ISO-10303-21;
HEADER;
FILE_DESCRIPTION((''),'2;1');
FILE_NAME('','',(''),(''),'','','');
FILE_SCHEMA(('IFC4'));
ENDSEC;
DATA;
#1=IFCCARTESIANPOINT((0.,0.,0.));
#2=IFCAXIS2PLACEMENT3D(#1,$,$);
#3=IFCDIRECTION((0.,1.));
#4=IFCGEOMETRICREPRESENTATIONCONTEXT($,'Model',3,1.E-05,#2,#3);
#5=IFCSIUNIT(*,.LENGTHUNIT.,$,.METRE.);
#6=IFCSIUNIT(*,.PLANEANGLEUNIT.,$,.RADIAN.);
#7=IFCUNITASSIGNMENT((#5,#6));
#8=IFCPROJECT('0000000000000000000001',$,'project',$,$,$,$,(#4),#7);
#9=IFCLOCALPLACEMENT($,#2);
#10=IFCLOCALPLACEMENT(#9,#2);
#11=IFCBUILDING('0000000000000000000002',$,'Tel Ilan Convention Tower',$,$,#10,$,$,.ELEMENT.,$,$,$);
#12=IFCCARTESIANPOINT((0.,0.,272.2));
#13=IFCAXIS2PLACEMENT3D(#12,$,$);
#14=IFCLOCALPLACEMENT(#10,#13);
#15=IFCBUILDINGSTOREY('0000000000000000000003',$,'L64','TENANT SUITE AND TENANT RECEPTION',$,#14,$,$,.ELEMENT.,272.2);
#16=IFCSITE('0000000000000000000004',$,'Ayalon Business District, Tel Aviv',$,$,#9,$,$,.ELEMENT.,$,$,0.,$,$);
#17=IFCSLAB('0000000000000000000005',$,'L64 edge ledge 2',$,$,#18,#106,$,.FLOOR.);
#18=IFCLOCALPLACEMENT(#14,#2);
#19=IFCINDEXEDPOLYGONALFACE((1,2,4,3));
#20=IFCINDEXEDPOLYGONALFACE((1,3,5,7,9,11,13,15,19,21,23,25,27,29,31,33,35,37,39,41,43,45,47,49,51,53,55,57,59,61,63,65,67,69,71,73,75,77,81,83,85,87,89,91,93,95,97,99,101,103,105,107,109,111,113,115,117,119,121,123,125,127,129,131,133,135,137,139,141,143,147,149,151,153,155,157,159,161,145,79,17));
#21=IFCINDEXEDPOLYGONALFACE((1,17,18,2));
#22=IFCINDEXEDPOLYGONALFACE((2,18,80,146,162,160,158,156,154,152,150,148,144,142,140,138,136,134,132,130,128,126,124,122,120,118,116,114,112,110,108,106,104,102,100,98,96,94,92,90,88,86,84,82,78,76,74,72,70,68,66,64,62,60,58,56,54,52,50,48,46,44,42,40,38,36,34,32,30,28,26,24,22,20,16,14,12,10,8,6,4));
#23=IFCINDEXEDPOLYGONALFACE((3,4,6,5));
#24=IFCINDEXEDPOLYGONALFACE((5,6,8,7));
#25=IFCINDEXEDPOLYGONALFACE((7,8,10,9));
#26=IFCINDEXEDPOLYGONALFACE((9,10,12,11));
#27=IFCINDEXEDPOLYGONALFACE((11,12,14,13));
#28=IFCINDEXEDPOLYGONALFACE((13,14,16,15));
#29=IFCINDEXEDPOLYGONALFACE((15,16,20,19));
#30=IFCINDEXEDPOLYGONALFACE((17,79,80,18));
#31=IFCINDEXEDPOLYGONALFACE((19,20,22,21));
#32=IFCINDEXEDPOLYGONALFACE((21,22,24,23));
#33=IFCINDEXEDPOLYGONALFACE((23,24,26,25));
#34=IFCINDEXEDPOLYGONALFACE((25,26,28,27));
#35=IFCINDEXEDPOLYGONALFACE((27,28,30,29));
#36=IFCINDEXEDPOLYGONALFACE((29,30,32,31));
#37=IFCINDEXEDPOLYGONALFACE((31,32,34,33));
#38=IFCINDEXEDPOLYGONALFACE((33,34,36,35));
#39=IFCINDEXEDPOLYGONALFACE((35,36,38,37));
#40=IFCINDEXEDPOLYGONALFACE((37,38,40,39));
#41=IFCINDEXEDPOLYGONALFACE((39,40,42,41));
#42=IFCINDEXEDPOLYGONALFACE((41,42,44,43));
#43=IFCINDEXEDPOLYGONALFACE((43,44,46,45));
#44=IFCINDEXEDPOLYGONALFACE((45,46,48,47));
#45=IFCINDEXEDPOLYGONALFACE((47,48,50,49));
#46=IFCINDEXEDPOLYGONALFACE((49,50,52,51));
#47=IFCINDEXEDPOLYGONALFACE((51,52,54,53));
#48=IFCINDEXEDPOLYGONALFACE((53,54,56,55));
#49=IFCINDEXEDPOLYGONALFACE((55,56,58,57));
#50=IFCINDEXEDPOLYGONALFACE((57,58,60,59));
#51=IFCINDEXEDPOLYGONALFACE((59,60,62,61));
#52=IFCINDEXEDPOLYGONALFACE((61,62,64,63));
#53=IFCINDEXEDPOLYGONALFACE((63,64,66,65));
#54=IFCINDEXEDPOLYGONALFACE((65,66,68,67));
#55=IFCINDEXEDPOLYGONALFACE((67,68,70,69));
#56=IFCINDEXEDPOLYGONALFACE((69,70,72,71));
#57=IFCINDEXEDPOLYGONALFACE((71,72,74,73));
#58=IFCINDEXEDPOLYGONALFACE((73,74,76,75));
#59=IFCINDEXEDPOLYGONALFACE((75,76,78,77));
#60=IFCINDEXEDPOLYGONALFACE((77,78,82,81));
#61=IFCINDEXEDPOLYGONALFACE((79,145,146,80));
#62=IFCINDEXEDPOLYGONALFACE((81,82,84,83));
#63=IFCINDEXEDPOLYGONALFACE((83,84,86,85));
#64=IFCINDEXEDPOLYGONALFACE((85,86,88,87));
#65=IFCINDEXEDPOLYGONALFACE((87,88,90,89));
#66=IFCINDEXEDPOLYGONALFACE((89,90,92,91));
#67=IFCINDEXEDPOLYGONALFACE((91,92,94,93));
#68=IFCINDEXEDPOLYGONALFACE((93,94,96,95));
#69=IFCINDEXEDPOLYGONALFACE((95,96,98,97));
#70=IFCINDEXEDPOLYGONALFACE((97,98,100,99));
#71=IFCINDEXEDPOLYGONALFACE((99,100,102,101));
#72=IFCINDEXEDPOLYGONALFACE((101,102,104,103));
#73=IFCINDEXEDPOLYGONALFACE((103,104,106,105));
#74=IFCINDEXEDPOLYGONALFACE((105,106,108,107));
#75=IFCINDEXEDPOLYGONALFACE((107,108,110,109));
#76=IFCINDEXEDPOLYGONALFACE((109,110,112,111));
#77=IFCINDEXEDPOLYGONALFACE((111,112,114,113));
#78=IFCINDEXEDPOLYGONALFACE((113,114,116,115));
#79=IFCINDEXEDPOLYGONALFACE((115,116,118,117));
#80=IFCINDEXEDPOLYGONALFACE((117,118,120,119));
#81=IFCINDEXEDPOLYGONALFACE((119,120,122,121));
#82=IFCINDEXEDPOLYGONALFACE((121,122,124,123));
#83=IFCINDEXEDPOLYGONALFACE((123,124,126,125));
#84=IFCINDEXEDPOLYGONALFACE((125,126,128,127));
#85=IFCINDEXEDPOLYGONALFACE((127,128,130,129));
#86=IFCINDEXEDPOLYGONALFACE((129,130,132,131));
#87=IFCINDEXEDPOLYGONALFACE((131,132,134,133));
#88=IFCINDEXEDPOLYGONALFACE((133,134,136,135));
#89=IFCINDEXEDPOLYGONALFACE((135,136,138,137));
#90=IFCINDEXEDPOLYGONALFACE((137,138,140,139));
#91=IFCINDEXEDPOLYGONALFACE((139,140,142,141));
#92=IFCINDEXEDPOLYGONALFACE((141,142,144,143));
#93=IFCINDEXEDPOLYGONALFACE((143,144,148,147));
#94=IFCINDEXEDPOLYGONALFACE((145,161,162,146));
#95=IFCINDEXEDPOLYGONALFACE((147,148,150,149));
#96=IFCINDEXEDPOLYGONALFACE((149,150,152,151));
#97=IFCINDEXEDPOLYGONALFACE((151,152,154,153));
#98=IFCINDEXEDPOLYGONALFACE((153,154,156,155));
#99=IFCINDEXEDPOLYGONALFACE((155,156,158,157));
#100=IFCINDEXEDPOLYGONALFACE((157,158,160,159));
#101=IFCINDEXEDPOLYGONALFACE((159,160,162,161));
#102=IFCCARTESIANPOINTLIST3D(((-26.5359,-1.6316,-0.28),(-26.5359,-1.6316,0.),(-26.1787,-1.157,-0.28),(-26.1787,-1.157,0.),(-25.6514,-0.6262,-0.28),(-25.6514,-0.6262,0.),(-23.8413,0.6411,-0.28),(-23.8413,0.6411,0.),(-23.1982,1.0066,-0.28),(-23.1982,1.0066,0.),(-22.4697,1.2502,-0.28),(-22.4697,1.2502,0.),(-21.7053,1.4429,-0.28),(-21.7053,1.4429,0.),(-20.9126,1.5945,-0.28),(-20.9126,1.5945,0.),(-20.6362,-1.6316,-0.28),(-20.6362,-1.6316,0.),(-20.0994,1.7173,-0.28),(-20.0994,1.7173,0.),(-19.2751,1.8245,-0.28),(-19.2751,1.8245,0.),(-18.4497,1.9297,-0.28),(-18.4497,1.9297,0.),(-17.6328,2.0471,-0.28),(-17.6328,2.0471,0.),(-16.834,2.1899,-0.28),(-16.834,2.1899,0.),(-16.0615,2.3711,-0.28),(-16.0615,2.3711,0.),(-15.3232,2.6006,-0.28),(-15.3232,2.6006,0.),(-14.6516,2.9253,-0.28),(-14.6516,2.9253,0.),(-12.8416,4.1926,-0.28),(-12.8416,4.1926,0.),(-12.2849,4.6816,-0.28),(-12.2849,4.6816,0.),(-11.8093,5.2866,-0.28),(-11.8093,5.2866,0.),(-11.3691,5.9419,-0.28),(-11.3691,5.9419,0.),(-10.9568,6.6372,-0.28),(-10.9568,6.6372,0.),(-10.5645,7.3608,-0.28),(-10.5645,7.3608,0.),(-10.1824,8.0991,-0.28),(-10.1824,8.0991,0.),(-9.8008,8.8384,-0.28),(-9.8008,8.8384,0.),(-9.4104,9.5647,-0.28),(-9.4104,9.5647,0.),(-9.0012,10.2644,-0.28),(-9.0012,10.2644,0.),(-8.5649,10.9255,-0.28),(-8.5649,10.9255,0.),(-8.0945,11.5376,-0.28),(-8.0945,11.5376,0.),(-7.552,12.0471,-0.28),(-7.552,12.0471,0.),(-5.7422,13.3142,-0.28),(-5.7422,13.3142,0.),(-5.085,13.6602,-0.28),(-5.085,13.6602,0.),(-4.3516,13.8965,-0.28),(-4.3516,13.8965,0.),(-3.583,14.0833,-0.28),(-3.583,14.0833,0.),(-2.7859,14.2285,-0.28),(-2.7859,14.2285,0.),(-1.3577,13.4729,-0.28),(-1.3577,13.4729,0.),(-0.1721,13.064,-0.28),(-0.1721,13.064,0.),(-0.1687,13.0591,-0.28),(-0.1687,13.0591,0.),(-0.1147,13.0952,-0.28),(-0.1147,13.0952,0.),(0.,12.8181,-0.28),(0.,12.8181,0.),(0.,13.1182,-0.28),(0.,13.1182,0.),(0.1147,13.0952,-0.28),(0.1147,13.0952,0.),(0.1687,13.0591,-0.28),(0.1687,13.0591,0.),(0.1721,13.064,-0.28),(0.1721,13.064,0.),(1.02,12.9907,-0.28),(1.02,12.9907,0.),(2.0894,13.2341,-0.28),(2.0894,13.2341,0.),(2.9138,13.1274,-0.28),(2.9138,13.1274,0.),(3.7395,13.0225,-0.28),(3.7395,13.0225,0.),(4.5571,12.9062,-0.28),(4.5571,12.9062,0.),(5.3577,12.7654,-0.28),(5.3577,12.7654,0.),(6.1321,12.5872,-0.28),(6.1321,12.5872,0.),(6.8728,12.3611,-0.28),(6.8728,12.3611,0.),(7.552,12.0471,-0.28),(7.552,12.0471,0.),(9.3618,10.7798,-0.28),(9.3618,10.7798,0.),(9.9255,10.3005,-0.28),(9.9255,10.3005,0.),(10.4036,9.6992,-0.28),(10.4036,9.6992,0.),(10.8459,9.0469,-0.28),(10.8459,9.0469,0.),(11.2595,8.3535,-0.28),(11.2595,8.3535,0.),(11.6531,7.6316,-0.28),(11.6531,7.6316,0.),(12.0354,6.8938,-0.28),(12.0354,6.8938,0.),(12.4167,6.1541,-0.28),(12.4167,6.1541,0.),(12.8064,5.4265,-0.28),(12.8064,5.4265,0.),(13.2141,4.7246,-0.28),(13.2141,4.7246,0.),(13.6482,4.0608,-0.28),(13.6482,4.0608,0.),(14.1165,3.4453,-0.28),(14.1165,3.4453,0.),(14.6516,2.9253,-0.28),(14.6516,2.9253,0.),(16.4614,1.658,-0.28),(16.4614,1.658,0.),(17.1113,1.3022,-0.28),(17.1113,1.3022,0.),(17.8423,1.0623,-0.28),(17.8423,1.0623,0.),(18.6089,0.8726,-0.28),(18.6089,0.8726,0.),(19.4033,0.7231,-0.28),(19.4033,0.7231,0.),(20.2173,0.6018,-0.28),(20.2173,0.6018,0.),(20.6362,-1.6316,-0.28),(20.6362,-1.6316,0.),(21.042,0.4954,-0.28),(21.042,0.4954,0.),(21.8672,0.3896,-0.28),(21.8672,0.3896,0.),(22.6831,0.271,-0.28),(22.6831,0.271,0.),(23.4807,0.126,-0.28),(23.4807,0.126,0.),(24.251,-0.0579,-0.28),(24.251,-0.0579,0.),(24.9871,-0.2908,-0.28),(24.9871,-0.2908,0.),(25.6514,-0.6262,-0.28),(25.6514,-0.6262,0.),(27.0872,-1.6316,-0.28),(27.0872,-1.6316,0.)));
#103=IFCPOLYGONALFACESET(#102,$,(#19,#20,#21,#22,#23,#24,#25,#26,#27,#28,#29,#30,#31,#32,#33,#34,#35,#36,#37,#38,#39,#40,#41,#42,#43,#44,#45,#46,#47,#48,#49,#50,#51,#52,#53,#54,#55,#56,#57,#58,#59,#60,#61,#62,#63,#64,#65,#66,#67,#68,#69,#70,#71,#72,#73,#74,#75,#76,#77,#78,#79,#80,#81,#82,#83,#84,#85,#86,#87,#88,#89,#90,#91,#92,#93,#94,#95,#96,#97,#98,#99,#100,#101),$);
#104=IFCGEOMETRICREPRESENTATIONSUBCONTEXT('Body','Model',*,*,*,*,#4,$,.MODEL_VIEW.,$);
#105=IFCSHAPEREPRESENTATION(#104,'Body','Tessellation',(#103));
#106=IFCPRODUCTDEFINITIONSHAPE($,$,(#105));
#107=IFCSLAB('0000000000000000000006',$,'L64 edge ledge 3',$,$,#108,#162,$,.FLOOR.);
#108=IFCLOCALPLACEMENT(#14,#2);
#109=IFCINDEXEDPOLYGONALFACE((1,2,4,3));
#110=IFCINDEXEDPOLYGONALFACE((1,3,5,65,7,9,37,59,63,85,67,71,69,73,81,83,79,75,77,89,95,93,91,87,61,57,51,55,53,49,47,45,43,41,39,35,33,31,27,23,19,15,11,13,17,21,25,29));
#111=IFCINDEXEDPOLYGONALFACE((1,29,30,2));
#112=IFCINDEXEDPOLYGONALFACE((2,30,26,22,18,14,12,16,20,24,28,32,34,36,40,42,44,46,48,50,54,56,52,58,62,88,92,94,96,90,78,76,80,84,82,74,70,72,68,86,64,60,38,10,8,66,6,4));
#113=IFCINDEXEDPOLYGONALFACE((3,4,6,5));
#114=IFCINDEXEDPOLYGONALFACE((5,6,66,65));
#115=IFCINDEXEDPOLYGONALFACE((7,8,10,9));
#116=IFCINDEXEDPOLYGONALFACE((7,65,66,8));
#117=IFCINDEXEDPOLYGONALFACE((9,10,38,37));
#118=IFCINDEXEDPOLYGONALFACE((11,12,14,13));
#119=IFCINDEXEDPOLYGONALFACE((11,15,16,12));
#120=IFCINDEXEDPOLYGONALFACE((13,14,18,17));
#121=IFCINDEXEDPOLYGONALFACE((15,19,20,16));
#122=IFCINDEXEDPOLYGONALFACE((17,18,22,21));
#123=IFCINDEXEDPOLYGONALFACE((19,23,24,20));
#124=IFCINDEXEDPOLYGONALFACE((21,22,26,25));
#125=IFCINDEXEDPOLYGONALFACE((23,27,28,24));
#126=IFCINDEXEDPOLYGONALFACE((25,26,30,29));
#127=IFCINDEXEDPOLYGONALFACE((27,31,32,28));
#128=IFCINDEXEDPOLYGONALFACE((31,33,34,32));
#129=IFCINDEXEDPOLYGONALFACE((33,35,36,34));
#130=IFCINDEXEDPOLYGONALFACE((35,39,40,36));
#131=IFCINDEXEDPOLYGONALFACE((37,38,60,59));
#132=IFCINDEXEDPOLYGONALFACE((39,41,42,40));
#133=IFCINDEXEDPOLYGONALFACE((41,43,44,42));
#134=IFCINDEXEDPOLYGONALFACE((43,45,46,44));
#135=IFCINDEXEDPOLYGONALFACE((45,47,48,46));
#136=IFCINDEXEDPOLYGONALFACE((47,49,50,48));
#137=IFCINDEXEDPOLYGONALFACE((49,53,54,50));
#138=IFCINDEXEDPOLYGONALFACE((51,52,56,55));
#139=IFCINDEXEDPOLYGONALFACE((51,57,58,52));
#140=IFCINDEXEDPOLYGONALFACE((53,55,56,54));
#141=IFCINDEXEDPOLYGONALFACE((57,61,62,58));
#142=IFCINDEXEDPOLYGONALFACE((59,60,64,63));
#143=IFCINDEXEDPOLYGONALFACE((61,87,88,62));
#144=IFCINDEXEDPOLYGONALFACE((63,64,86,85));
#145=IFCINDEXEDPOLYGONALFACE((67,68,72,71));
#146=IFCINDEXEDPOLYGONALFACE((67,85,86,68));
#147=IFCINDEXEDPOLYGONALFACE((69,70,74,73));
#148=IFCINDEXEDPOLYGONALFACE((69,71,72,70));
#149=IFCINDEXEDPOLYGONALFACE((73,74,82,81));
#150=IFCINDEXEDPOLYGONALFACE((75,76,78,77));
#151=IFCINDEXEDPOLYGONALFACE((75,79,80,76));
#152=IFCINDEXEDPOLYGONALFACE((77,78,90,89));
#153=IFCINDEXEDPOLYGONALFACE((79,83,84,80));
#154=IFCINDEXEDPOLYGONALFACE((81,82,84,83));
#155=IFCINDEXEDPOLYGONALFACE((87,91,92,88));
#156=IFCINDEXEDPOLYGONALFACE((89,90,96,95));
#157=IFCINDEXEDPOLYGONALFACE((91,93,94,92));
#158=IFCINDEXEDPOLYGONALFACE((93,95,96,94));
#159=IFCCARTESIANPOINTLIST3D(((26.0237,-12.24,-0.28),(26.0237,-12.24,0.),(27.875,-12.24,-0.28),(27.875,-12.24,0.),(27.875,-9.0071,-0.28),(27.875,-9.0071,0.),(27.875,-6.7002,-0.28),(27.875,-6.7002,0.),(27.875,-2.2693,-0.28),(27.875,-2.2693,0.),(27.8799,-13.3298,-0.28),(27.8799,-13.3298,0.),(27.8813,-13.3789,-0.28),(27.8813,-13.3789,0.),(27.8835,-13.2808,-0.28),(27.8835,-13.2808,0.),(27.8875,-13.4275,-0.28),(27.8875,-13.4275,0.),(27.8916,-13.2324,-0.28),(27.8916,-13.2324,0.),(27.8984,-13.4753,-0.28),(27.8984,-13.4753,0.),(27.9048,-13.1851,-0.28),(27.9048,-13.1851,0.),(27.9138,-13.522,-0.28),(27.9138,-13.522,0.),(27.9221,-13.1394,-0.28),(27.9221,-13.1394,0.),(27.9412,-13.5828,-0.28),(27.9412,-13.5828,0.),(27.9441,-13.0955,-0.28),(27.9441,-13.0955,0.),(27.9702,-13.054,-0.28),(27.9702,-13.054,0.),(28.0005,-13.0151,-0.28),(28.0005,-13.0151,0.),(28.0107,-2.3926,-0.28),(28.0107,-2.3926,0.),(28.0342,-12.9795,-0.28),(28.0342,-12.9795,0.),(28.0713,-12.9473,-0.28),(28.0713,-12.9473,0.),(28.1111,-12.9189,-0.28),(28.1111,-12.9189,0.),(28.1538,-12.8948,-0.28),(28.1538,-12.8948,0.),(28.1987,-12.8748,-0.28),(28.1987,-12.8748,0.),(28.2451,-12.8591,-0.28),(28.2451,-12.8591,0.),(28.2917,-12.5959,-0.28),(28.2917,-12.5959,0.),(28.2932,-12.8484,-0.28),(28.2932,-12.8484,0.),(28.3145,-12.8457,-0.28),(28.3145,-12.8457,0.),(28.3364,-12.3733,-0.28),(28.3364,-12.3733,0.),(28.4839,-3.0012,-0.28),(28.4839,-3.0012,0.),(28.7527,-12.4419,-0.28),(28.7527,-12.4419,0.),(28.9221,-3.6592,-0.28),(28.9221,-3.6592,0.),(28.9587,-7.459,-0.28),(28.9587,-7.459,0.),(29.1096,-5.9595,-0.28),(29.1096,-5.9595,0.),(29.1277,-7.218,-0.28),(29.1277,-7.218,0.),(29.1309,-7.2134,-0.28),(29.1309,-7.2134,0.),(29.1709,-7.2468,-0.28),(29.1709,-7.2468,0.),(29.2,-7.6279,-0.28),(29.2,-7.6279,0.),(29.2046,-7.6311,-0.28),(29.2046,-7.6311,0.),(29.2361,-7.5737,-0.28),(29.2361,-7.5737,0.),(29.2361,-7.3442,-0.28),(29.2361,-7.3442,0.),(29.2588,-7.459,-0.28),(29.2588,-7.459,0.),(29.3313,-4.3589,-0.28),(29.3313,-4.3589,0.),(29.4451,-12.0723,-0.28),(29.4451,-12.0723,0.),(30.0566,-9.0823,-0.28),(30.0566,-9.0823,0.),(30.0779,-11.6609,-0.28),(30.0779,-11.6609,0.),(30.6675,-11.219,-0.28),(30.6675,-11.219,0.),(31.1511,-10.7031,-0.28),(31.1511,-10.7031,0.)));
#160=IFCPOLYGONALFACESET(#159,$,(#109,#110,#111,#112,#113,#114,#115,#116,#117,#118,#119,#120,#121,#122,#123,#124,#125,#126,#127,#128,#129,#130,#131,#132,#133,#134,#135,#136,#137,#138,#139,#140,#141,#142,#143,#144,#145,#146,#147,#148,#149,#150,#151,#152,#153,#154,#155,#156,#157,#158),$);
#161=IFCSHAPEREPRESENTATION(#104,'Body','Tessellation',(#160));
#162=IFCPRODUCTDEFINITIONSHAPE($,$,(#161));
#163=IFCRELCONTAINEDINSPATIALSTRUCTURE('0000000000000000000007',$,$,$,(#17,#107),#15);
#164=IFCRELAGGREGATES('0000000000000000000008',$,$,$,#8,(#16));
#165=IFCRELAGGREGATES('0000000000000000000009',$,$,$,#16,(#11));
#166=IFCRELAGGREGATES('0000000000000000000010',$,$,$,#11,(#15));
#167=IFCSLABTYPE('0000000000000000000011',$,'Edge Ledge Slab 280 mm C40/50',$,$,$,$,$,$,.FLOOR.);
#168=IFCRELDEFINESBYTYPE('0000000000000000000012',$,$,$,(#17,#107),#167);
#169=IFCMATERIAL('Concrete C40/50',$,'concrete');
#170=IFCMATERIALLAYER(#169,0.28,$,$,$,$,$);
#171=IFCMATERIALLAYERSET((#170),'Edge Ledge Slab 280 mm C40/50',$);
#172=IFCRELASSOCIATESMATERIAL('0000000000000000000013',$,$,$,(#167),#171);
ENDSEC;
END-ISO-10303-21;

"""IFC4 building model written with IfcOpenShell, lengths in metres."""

from ifc_helpers import new_model, si_unit, direction, frame, origin, place, context, subcontext, project, spatial, polyline, outline, extrude, material, layer, layer_set, type_object, element, save


model = new_model("IFC4")

# Units and contexts
model_context = context("Model", 3, precision=1e-05, world=origin(), true_north=direction((0.0, 1.0)))
body_context = subcontext(model_context, "Body", "Model", "MODEL_VIEW")
ifc_project = project(units=[si_unit("LENGTHUNIT", "METRE"), si_unit("PLANEANGLEUNIT", "RADIAN")], contexts=[model_context])

# Site, building, storey
site_placement = place(None, origin())
site = spatial("IfcSite", under=ifc_project, at=site_placement, Name="Ayalon Business District, Tel Aviv", CompositionType="ELEMENT", RefElevation=0.0)
building_placement = place(site_placement, origin())
building = spatial("IfcBuilding", under=site, at=building_placement, Name="Tel Ilan Convention Tower", CompositionType="ELEMENT")
storey_placement = place(building_placement, frame((0.0, 0.0, 272.2)))
storey = spatial("IfcBuildingStorey", under=building, at=storey_placement, Name="L64", Description="TENANT SUITE AND TENANT RECEPTION", CompositionType="ELEMENT", Elevation=272.2)

# Slabs
ifc_material_1 = material(Name="Concrete C40/50", Category="concrete")
ifc_layer_1 = layer(ifc_material_1, 0.28)
ifc_layer_set_1 = layer_set([ifc_layer_1], Name="Edge Ledge Slab 280 mm C40/50")
slab_type_1 = type_object("IfcSlabType", Name="Edge Ledge Slab 280 mm C40/50", PredefinedType="FLOOR", material=ifc_layer_set_1)
slab_1_placement = place(storey_placement, frame((0.0, 0.0, -0.28)))
element("IfcSlab", 1, at=slab_1_placement, inside=storey, type_object=slab_type_1, Name="L64 edge ledge 2", PredefinedType="FLOOR", context=body_context, shape_type="SweptSolid", body=[
    extrude(outline(polyline([(-20.9126, 1.5945), (-20.0994, 1.7173), (-19.2751, 1.8245), (-18.4497, 1.9297), (-17.6328, 2.0471), (-16.834, 2.1899), (-16.0615, 2.3711), (-15.3232, 2.6006), (-14.6516, 2.9253), (-12.8416, 4.1926), (-12.2849, 4.6816), (-11.8093, 5.2866), (-11.3691, 5.9419), (-10.9568, 6.6372), (-10.5645, 7.3608), (-10.1824, 8.0991), (-9.8008, 8.8384), (-9.4104, 9.5647), (-9.0012, 10.2644), (-8.5649, 10.9255), (-8.0945, 11.5376), (-7.552, 12.0471), (-5.7422, 13.3142), (-5.085, 13.6602), (-4.3516, 13.8965), (-3.583, 14.0833), (-2.7859, 14.2285), (-1.3577, 13.4729), (-0.1721, 13.064), (-0.1687, 13.0591), (-0.1147, 13.0952), (0.0, 13.1182), (0.1147, 13.0952), (0.1687, 13.0591), (0.1721, 13.064), (1.02, 12.9907), (2.0894, 13.2341), (2.9138, 13.1274), (3.7395, 13.0225), (4.5571, 12.9062), (5.3577, 12.7654), (6.1321, 12.5872), (6.8728, 12.3611), (7.552, 12.0471), (9.3618, 10.7798), (9.9255, 10.3005), (10.4036, 9.6992), (10.8459, 9.0469), (11.2595, 8.3535), (11.6531, 7.6316), (12.0354, 6.8938), (12.4167, 6.1541), (12.8064, 5.4265), (13.2141, 4.7246), (13.6482, 4.0608), (14.1165, 3.4453), (14.6516, 2.9253), (16.4614, 1.658), (17.1113, 1.3022), (17.8423, 1.0623), (18.6089, 0.8726), (19.4033, 0.7231), (20.2173, 0.6018), (21.042, 0.4954), (21.8672, 0.3896), (22.6831, 0.271), (23.4807, 0.126), (24.251, -0.0579), (24.9871, -0.2908), (25.6514, -0.6262), (27.0872, -1.6316), (20.6362, -1.6316), (0.0, 12.8181), (-20.6362, -1.6316), (-26.5359, -1.6316), (-26.1787, -1.157), (-25.6514, -0.6262), (-23.8413, 0.6411), (-23.1982, 1.0066), (-22.4697, 1.2502), (-21.7053, 1.4429), (-20.9126, 1.5945)])), origin(), (0.0, 0.0, 1.0), 0.28),
])
slab_2_placement = place(storey_placement, frame((0.0, 0.0, -0.28)))
element("IfcSlab", 2, at=slab_2_placement, inside=storey, type_object=slab_type_1, Name="L64 edge ledge 3", PredefinedType="FLOOR", context=body_context, shape_type="SweptSolid", body=[
    extrude(outline(polyline([(28.9587, -7.459), (27.875, -6.7002), (27.875, -2.2693), (28.0107, -2.3926), (28.4839, -3.0012), (28.9221, -3.6592), (29.3313, -4.3589), (29.1096, -5.9595), (29.1309, -7.2134), (29.1277, -7.218), (29.1709, -7.2468), (29.2361, -7.3442), (29.2588, -7.459), (29.2361, -7.5737), (29.2, -7.6279), (29.2046, -7.6311), (30.0566, -9.0823), (31.1511, -10.7031), (30.6675, -11.219), (30.0779, -11.6609), (29.4451, -12.0723), (28.7527, -12.4419), (28.3364, -12.3733), (28.2917, -12.5959), (28.3145, -12.8457), (28.2932, -12.8484), (28.2451, -12.8591), (28.1987, -12.8748), (28.1538, -12.8948), (28.1111, -12.9189), (28.0713, -12.9473), (28.0342, -12.9795), (28.0005, -13.0151), (27.9702, -13.054), (27.9441, -13.0955), (27.9221, -13.1394), (27.9048, -13.1851), (27.8916, -13.2324), (27.8835, -13.2808), (27.8799, -13.3298), (27.8813, -13.3789), (27.8875, -13.4275), (27.8984, -13.4753), (27.9138, -13.522), (27.9412, -13.5828), (26.0237, -12.24), (27.875, -12.24), (27.875, -9.0071), (28.9587, -7.459)])), origin(), (0.0, 0.0, 1.0), 0.28),
])

save(model, "model.ifc")
